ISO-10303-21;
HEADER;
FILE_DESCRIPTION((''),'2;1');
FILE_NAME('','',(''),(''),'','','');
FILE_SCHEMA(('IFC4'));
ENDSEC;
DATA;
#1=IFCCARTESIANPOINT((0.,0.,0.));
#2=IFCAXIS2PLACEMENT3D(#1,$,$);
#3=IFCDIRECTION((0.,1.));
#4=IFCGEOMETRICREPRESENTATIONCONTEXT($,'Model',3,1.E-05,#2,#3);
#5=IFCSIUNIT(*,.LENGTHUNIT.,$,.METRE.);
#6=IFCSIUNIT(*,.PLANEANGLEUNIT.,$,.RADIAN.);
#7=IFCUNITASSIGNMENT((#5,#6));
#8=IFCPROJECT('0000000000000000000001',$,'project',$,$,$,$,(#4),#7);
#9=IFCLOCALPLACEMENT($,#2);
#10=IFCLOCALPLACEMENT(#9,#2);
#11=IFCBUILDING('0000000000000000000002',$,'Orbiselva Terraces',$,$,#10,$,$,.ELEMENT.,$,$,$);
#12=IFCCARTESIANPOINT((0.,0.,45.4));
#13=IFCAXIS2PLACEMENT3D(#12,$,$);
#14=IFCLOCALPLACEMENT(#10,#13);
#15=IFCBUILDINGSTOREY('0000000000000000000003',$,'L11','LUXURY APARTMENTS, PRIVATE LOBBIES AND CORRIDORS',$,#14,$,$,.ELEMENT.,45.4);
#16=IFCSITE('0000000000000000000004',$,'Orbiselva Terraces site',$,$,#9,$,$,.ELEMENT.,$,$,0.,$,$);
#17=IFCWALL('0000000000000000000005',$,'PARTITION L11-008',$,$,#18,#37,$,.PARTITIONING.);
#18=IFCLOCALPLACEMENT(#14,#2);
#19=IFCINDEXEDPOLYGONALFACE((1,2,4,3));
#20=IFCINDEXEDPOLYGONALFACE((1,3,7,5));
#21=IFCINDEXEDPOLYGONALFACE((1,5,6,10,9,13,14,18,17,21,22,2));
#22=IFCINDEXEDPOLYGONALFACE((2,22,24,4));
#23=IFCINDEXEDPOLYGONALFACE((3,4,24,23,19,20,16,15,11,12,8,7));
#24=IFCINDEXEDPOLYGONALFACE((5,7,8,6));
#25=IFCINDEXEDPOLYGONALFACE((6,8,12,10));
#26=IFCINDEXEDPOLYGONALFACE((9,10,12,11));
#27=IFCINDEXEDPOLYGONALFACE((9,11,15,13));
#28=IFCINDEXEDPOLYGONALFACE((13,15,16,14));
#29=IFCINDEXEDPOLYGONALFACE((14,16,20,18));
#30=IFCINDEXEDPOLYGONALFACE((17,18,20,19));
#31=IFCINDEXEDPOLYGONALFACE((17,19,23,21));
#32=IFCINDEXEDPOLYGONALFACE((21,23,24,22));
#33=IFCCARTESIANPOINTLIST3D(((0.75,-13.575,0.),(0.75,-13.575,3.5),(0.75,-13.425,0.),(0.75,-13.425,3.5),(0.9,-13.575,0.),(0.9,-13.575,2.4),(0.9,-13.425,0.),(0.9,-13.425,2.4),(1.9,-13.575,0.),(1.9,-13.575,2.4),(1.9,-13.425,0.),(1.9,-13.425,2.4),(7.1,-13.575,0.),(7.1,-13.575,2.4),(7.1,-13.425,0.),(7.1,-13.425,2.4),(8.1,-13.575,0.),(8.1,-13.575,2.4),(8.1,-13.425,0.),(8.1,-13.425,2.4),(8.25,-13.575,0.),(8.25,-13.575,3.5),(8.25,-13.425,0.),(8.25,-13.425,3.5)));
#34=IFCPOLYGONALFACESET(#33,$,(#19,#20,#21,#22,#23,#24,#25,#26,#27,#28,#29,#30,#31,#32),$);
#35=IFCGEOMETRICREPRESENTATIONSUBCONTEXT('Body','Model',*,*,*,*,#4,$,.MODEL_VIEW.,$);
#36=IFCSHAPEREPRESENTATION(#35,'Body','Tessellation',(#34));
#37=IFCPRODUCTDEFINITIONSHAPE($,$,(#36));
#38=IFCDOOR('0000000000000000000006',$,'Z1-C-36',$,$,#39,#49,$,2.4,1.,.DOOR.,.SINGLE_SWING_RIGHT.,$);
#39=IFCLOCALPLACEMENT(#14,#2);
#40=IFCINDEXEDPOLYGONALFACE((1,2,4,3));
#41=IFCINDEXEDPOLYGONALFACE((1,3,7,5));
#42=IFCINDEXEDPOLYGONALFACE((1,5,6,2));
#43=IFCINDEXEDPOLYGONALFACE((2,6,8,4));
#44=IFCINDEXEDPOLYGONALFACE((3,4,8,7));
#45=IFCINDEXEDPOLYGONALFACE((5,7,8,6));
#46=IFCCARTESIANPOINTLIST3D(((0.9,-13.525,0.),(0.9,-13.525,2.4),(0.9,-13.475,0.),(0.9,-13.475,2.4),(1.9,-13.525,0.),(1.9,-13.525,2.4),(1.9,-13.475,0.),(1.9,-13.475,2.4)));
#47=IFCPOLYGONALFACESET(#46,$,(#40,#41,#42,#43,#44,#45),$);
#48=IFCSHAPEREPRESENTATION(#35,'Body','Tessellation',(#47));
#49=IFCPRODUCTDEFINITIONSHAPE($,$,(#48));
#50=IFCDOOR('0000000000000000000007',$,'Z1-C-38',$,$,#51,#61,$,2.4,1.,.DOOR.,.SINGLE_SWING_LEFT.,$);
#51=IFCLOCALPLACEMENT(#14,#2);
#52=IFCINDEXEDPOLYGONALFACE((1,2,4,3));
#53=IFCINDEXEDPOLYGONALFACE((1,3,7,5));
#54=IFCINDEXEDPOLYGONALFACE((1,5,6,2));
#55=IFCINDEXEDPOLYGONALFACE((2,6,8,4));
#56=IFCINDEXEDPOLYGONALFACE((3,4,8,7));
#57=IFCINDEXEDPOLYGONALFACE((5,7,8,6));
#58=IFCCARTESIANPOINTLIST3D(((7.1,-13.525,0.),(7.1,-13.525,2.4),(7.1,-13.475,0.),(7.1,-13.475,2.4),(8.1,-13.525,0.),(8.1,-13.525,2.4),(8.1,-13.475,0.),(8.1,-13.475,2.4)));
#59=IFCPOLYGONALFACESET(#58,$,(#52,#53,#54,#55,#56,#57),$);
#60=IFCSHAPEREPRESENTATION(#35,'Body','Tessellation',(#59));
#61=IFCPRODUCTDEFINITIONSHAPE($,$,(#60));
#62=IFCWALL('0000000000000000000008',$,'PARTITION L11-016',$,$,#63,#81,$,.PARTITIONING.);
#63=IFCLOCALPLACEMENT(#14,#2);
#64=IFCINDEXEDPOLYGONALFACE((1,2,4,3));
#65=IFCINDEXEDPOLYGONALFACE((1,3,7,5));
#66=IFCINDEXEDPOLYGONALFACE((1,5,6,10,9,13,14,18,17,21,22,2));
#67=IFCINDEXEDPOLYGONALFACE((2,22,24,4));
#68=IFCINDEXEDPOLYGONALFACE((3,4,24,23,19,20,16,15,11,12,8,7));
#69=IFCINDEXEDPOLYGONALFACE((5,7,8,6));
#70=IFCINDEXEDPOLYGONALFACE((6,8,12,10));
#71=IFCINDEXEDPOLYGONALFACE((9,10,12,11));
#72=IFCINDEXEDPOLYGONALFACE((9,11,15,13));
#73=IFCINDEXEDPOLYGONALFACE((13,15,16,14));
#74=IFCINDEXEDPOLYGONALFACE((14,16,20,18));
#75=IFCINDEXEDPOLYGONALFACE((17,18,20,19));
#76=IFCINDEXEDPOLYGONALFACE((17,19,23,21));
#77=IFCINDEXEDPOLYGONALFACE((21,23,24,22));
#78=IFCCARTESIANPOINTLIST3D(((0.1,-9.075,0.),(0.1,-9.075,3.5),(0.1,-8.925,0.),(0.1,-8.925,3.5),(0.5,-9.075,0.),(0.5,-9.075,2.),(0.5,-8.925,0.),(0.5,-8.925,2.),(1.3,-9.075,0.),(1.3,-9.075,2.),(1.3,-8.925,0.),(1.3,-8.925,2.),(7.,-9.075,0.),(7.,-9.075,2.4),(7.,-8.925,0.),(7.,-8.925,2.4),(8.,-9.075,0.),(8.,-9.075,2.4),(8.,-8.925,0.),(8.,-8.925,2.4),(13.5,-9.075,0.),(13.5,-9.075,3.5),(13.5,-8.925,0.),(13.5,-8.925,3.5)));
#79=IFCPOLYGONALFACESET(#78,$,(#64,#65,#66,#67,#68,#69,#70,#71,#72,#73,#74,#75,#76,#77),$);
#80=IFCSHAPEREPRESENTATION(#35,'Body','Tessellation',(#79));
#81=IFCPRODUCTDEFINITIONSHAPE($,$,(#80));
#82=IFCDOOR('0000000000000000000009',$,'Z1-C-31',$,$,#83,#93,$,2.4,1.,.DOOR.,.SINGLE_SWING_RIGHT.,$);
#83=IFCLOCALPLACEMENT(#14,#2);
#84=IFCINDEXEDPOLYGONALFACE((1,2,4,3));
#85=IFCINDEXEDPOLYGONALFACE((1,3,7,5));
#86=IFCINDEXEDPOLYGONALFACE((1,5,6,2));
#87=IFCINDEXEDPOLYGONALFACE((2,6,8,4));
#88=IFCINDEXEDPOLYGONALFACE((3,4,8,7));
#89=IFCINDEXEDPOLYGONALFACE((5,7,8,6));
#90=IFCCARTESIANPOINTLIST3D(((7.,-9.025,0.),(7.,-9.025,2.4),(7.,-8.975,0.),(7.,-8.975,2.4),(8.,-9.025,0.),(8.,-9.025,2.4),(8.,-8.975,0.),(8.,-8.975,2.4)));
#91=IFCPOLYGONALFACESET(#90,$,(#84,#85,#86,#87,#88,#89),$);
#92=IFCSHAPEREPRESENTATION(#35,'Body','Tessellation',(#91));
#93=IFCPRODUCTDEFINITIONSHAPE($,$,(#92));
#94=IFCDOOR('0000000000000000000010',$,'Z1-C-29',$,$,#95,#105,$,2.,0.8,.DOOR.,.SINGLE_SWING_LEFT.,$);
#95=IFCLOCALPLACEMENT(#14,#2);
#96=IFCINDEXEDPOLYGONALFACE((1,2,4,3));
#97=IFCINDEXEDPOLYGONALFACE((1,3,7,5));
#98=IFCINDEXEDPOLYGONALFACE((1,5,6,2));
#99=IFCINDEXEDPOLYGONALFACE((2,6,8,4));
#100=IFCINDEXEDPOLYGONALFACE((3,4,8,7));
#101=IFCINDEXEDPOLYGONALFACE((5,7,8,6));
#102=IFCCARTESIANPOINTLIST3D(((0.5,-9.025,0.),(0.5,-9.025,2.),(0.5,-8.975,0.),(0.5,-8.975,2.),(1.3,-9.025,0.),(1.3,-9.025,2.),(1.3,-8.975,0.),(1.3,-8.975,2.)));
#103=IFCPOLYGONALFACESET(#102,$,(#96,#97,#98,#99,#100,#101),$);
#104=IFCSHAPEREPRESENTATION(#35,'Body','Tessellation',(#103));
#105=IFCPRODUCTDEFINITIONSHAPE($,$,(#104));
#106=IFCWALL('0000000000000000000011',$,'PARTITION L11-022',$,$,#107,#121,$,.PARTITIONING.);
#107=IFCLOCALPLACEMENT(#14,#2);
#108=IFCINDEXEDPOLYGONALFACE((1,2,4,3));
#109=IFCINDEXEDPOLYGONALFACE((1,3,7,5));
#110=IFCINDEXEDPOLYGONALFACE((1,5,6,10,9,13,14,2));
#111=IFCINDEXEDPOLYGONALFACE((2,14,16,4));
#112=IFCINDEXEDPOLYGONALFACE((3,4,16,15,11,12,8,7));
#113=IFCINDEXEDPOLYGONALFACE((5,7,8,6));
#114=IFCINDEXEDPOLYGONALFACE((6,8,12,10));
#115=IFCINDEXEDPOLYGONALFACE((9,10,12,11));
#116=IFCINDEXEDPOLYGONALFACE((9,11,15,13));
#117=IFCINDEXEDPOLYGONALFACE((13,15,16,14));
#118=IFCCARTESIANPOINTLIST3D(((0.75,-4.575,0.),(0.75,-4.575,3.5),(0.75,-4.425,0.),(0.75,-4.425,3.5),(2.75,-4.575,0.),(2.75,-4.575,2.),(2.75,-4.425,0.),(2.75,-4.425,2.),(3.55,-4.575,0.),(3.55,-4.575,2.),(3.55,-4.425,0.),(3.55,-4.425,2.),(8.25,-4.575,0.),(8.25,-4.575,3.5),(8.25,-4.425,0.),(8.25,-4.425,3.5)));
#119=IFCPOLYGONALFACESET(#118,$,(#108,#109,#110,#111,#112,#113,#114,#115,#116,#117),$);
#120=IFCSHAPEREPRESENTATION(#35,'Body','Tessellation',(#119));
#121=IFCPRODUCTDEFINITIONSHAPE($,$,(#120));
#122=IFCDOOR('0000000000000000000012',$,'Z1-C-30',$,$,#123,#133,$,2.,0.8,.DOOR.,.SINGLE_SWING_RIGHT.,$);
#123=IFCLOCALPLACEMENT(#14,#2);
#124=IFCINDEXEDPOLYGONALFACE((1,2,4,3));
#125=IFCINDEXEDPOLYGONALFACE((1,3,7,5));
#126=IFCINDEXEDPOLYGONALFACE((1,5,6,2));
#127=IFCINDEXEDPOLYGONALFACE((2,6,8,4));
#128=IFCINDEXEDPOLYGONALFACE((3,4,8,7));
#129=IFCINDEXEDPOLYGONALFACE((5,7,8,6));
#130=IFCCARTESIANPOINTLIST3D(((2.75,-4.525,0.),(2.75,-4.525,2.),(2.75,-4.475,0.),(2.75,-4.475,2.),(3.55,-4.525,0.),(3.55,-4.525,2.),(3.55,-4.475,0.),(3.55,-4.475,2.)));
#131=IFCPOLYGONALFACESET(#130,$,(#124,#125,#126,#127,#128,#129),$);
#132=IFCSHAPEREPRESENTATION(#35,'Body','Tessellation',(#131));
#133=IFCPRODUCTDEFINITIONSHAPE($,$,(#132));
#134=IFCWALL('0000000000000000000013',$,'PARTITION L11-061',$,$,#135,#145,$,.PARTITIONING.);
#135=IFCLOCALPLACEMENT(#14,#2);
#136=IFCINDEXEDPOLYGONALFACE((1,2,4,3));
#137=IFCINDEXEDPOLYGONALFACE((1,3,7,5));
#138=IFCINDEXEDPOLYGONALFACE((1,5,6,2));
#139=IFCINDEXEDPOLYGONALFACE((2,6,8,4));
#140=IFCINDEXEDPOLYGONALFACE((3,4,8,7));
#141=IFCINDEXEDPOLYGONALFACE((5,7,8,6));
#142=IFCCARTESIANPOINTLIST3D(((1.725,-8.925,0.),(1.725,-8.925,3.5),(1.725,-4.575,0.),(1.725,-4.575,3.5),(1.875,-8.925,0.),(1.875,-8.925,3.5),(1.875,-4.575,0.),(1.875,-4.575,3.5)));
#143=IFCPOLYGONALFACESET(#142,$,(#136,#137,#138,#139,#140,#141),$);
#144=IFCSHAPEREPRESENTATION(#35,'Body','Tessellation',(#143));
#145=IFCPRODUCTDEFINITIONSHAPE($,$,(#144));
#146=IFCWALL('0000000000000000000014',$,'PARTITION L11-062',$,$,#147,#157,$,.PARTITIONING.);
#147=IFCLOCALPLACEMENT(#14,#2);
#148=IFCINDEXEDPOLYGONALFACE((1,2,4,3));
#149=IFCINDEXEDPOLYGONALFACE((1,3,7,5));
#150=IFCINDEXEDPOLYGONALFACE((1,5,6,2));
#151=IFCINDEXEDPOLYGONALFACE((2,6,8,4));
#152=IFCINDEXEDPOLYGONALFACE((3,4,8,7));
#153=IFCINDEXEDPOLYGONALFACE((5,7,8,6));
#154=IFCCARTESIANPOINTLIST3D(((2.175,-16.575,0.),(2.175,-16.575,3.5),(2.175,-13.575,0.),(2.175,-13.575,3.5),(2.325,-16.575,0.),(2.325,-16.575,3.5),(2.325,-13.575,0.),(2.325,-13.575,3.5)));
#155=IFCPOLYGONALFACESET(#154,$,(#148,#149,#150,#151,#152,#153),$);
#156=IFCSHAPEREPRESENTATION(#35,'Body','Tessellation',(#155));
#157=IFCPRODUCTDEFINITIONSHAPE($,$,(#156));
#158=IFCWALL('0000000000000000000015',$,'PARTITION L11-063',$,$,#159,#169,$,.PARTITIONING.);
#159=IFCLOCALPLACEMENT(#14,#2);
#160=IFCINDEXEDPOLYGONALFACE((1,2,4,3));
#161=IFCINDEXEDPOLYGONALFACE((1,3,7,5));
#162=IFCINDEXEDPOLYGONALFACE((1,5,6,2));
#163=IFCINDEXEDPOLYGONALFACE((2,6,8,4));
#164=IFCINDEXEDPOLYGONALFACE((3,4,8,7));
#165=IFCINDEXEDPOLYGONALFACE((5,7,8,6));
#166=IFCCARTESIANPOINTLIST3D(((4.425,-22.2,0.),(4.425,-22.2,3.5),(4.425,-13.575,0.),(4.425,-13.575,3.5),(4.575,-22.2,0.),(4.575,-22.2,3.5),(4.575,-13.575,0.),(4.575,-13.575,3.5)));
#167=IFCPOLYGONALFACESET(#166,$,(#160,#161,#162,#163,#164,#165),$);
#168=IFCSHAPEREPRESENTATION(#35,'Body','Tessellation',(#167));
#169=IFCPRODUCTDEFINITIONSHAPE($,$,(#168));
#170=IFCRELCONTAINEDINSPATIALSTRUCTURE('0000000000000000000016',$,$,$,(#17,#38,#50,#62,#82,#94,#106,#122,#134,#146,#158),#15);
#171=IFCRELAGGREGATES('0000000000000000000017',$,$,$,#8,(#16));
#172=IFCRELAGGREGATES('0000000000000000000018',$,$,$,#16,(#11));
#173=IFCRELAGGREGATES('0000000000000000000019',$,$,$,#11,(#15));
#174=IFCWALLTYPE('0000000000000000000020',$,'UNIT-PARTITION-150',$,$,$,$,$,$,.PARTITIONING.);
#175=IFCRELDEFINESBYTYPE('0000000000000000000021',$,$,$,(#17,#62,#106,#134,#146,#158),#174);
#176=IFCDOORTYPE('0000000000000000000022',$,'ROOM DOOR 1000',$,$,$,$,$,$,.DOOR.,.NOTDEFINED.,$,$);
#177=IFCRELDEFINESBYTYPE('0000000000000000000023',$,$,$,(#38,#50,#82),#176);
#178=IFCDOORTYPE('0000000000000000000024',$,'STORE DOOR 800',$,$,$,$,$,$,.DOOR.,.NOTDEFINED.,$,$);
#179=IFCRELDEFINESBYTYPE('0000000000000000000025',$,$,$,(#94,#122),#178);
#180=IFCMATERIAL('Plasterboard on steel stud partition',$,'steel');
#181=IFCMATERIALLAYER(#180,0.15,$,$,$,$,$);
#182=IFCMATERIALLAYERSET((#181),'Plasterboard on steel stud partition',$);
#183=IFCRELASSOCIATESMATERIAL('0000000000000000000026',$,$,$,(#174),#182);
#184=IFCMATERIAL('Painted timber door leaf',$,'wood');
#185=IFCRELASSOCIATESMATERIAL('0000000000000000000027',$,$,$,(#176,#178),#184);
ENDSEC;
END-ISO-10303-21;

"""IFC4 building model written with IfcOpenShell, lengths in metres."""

from ifc_helpers import new_model, si_unit, direction, frame, frame_2d, origin, place, context, subcontext, project, spatial, rectangle, extrude, material, layer, layer_set, type_object, element, fill, save


model = new_model("IFC4")

# Units and contexts
model_context = context("Model", 3, precision=1e-05, world=origin(), true_north=direction((0.0, 1.0)))
body_context = subcontext(model_context, "Body", "Model", "MODEL_VIEW")
ifc_project = project(units=[si_unit("LENGTHUNIT", "METRE"), si_unit("PLANEANGLEUNIT", "RADIAN")], contexts=[model_context])

# Site, building, storey
site_placement = place(None, origin())
site = spatial("IfcSite", under=ifc_project, at=site_placement, Name="Orbiselva Terraces site", CompositionType="ELEMENT", RefElevation=0.0)
building_placement = place(site_placement, origin())
building = spatial("IfcBuilding", under=site, at=building_placement, Name="Orbiselva Terraces", CompositionType="ELEMENT")
storey_placement = place(building_placement, frame((0.0, 0.0, 45.4)))
storey = spatial("IfcBuildingStorey", under=building, at=storey_placement, Name="L11", Description="LUXURY APARTMENTS, PRIVATE LOBBIES AND CORRIDORS", CompositionType="ELEMENT", Elevation=45.4)

# Shared definitions
ifc_material_1 = material(Name="Plasterboard on steel stud partition", Category="steel")

# Shared definitions
ifc_layer_1 = layer(ifc_material_1, 0.15)
ifc_layer_set_1 = layer_set([ifc_layer_1], Name="Plasterboard on steel stud partition")
wall_type_1 = type_object("IfcWallType", Name="UNIT-PARTITION-150", PredefinedType="PARTITIONING", material=ifc_layer_set_1)
ifc_material_2 = material(Name="Painted timber door leaf", Category="wood")

# Walls, openings, doors
wall_1_placement = place(storey_placement, frame((8.25, -13.5, 0.0), z_axis=(0.0, 0.0, 1.0), x_axis=(-1.0, 0.0, 0.0)))
wall_1 = element("IfcWall", 1, at=wall_1_placement, inside=storey, type_object=wall_type_1, Name="PARTITION L11-008", PredefinedType="PARTITIONING", context=body_context, shape_type="SweptSolid", body=[
    extrude(rectangle(XDim=7.5, YDim=0.15, at=frame_2d((3.75, 0.0))), origin(), (0.0, 0.0, 1.0), 3.5),
])
opening_1_placement = place(wall_1_placement, frame((6.35, 0.0, 0.0)))
opening_1 = element("IfcOpeningElement", 2, at=opening_1_placement, cuts=wall_1, PredefinedType="OPENING", context=body_context, shape_type="SweptSolid", body=[
    extrude(rectangle(XDim=1.0, YDim=2.4, at=frame_2d((0.5, 1.2))), frame((0.0, 0.085, 0.0), z_axis=(0.0, -1.0, 0.0), x_axis=(1.0, 0.0, 0.0)), (0.0, 0.0, 1.0), 0.17),
])
opening_2_placement = place(wall_1_placement, frame((0.15, 0.0, 0.0)))
opening_2 = element("IfcOpeningElement", 3, at=opening_2_placement, cuts=wall_1, PredefinedType="OPENING", context=body_context, shape_type="SweptSolid", body=[
    extrude(rectangle(XDim=1.0, YDim=2.4, at=frame_2d((0.5, 1.2))), frame((0.0, 0.085, 0.0), z_axis=(0.0, -1.0, 0.0), x_axis=(1.0, 0.0, 0.0)), (0.0, 0.0, 1.0), 0.17),
])
door_type_1 = type_object("IfcDoorType", Name="ROOM DOOR 1000", OperationType="NOTDEFINED", PredefinedType="DOOR", material=ifc_material_2)
door_1_placement = place(opening_1_placement, origin())
door_1 = element("IfcDoor", 4, at=door_1_placement, inside=storey, type_object=door_type_1, Name="Z1-C-36", OperationType="SINGLE_SWING_RIGHT", OverallHeight=2.4, OverallWidth=1.0, PredefinedType="DOOR", context=body_context, shape_type="SweptSolid", body=[
    extrude(rectangle(XDim=1.0, YDim=2.4, at=frame_2d((0.5, 1.2))), frame((0.0, 0.025, 0.0), z_axis=(0.0, -1.0, 0.0), x_axis=(1.0, 0.0, 0.0)), (0.0, 0.0, 1.0), 0.05),
])
fill(opening_1, door_1)
door_2_placement = place(opening_2_placement, origin())
door_2 = element("IfcDoor", 5, at=door_2_placement, inside=storey, type_object=door_type_1, Name="Z1-C-38", OperationType="SINGLE_SWING_LEFT", OverallHeight=2.4, OverallWidth=1.0, PredefinedType="DOOR", context=body_context, shape_type="SweptSolid", body=[
    extrude(rectangle(XDim=1.0, YDim=2.4, at=frame_2d((0.5, 1.2))), frame((0.0, 0.025, 0.0), z_axis=(0.0, -1.0, 0.0), x_axis=(1.0, 0.0, 0.0)), (0.0, 0.0, 1.0), 0.05),
])
fill(opening_2, door_2)
wall_2_placement = place(storey_placement, frame((0.1, -9.0, 0.0), z_axis=(0.0, 0.0, 1.0), x_axis=(1.0, 0.0, 0.0)))
wall_2 = element("IfcWall", 6, at=wall_2_placement, inside=storey, type_object=wall_type_1, Name="PARTITION L11-016", PredefinedType="PARTITIONING", context=body_context, shape_type="SweptSolid", body=[
    extrude(rectangle(XDim=13.4, YDim=0.15, at=frame_2d((6.7, 0.0))), origin(), (0.0, 0.0, 1.0), 3.5),
])
opening_3_placement = place(wall_2_placement, frame((0.4, 0.0, 0.0)))
opening_3 = element("IfcOpeningElement", 7, at=opening_3_placement, cuts=wall_2, PredefinedType="OPENING", context=body_context, shape_type="SweptSolid", body=[
    extrude(rectangle(XDim=0.8, YDim=2.0, at=frame_2d((0.4, 1.0))), frame((0.0, 0.085, 0.0), z_axis=(0.0, -1.0, 0.0), x_axis=(1.0, 0.0, 0.0)), (0.0, 0.0, 1.0), 0.17),
])
opening_4_placement = place(wall_2_placement, frame((6.9, 0.0, 0.0)))
opening_4 = element("IfcOpeningElement", 8, at=opening_4_placement, cuts=wall_2, PredefinedType="OPENING", context=body_context, shape_type="SweptSolid", body=[
    extrude(rectangle(XDim=1.0, YDim=2.4, at=frame_2d((0.5, 1.2))), frame((0.0, 0.085, 0.0), z_axis=(0.0, -1.0, 0.0), x_axis=(1.0, 0.0, 0.0)), (0.0, 0.0, 1.0), 0.17),
])
door_3_placement = place(opening_4_placement, origin())
door_3 = element("IfcDoor", 9, at=door_3_placement, inside=storey, type_object=door_type_1, Name="Z1-C-31", OperationType="SINGLE_SWING_RIGHT", OverallHeight=2.4, OverallWidth=1.0, PredefinedType="DOOR", context=body_context, shape_type="SweptSolid", body=[
    extrude(rectangle(XDim=1.0, YDim=2.4, at=frame_2d((0.5, 1.2))), frame((0.0, 0.025, 0.0), z_axis=(0.0, -1.0, 0.0), x_axis=(1.0, 0.0, 0.0)), (0.0, 0.0, 1.0), 0.05),
])
fill(opening_4, door_3)
door_type_2 = type_object("IfcDoorType", Name="STORE DOOR 800", OperationType="NOTDEFINED", PredefinedType="DOOR", material=ifc_material_2)
door_4_placement = place(opening_3_placement, origin())
door_4 = element("IfcDoor", 10, at=door_4_placement, inside=storey, type_object=door_type_2, Name="Z1-C-29", OperationType="SINGLE_SWING_LEFT", OverallHeight=2.0, OverallWidth=0.8, PredefinedType="DOOR", context=body_context, shape_type="SweptSolid", body=[
    extrude(rectangle(XDim=0.8, YDim=2.0, at=frame_2d((0.4, 1.0))), frame((0.0, 0.025, 0.0), z_axis=(0.0, -1.0, 0.0), x_axis=(1.0, 0.0, 0.0)), (0.0, 0.0, 1.0), 0.05),
])
fill(opening_3, door_4)

# Wall, opening, door
wall_3_placement = place(storey_placement, frame((8.25, -4.5, 0.0), z_axis=(0.0, 0.0, 1.0), x_axis=(-1.0, 0.0, 0.0)))
wall_3 = element("IfcWall", 11, at=wall_3_placement, inside=storey, type_object=wall_type_1, Name="PARTITION L11-022", PredefinedType="PARTITIONING", context=body_context, shape_type="SweptSolid", body=[
    extrude(rectangle(XDim=7.5, YDim=0.15, at=frame_2d((3.75, 0.0))), origin(), (0.0, 0.0, 1.0), 3.5),
])
opening_5_placement = place(wall_3_placement, frame((4.7, 0.0, 0.0)))
opening_5 = element("IfcOpeningElement", 12, at=opening_5_placement, cuts=wall_3, PredefinedType="OPENING", context=body_context, shape_type="SweptSolid", body=[
    extrude(rectangle(XDim=0.8, YDim=2.0, at=frame_2d((0.4, 1.0))), frame((0.0, 0.085, 0.0), z_axis=(0.0, -1.0, 0.0), x_axis=(1.0, 0.0, 0.0)), (0.0, 0.0, 1.0), 0.17),
])
door_5_placement = place(opening_5_placement, origin())
door_5 = element("IfcDoor", 13, at=door_5_placement, inside=storey, type_object=door_type_2, Name="Z1-C-30", OperationType="SINGLE_SWING_RIGHT", OverallHeight=2.0, OverallWidth=0.8, PredefinedType="DOOR", context=body_context, shape_type="SweptSolid", body=[
    extrude(rectangle(XDim=0.8, YDim=2.0, at=frame_2d((0.4, 1.0))), frame((0.0, 0.025, 0.0), z_axis=(0.0, -1.0, 0.0), x_axis=(1.0, 0.0, 0.0)), (0.0, 0.0, 1.0), 0.05),
])
fill(opening_5, door_5)

# Walls
wall_4_placement = place(storey_placement, frame((1.8, -8.925, 0.0), z_axis=(0.0, 0.0, 1.0), x_axis=(0.0, 1.0, 0.0)))
element("IfcWall", 14, at=wall_4_placement, inside=storey, type_object=wall_type_1, Name="PARTITION L11-061", PredefinedType="PARTITIONING", context=body_context, shape_type="SweptSolid", body=[
    extrude(rectangle(XDim=4.35, YDim=0.15, at=frame_2d((2.175, 0.0))), origin(), (0.0, 0.0, 1.0), 3.5),
])
wall_5_placement = place(storey_placement, frame((2.25, -16.575, 0.0), z_axis=(0.0, 0.0, 1.0), x_axis=(0.0, 1.0, 0.0)))
element("IfcWall", 15, at=wall_5_placement, inside=storey, type_object=wall_type_1, Name="PARTITION L11-062", PredefinedType="PARTITIONING", context=body_context, shape_type="SweptSolid", body=[
    extrude(rectangle(XDim=3.0, YDim=0.15, at=frame_2d((1.5, 0.0))), origin(), (0.0, 0.0, 1.0), 3.5),
])
wall_6_placement = place(storey_placement, frame((4.5, -22.2, 0.0), z_axis=(0.0, 0.0, 1.0), x_axis=(0.0, 1.0, 0.0)))
element("IfcWall", 16, at=wall_6_placement, inside=storey, type_object=wall_type_1, Name="PARTITION L11-063", PredefinedType="PARTITIONING", context=body_context, shape_type="SweptSolid", body=[
    extrude(rectangle(XDim=8.625, YDim=0.15, at=frame_2d((4.3125, 0.0))), origin(), (0.0, 0.0, 1.0), 3.5),
])

save(model, "model.ifc")
